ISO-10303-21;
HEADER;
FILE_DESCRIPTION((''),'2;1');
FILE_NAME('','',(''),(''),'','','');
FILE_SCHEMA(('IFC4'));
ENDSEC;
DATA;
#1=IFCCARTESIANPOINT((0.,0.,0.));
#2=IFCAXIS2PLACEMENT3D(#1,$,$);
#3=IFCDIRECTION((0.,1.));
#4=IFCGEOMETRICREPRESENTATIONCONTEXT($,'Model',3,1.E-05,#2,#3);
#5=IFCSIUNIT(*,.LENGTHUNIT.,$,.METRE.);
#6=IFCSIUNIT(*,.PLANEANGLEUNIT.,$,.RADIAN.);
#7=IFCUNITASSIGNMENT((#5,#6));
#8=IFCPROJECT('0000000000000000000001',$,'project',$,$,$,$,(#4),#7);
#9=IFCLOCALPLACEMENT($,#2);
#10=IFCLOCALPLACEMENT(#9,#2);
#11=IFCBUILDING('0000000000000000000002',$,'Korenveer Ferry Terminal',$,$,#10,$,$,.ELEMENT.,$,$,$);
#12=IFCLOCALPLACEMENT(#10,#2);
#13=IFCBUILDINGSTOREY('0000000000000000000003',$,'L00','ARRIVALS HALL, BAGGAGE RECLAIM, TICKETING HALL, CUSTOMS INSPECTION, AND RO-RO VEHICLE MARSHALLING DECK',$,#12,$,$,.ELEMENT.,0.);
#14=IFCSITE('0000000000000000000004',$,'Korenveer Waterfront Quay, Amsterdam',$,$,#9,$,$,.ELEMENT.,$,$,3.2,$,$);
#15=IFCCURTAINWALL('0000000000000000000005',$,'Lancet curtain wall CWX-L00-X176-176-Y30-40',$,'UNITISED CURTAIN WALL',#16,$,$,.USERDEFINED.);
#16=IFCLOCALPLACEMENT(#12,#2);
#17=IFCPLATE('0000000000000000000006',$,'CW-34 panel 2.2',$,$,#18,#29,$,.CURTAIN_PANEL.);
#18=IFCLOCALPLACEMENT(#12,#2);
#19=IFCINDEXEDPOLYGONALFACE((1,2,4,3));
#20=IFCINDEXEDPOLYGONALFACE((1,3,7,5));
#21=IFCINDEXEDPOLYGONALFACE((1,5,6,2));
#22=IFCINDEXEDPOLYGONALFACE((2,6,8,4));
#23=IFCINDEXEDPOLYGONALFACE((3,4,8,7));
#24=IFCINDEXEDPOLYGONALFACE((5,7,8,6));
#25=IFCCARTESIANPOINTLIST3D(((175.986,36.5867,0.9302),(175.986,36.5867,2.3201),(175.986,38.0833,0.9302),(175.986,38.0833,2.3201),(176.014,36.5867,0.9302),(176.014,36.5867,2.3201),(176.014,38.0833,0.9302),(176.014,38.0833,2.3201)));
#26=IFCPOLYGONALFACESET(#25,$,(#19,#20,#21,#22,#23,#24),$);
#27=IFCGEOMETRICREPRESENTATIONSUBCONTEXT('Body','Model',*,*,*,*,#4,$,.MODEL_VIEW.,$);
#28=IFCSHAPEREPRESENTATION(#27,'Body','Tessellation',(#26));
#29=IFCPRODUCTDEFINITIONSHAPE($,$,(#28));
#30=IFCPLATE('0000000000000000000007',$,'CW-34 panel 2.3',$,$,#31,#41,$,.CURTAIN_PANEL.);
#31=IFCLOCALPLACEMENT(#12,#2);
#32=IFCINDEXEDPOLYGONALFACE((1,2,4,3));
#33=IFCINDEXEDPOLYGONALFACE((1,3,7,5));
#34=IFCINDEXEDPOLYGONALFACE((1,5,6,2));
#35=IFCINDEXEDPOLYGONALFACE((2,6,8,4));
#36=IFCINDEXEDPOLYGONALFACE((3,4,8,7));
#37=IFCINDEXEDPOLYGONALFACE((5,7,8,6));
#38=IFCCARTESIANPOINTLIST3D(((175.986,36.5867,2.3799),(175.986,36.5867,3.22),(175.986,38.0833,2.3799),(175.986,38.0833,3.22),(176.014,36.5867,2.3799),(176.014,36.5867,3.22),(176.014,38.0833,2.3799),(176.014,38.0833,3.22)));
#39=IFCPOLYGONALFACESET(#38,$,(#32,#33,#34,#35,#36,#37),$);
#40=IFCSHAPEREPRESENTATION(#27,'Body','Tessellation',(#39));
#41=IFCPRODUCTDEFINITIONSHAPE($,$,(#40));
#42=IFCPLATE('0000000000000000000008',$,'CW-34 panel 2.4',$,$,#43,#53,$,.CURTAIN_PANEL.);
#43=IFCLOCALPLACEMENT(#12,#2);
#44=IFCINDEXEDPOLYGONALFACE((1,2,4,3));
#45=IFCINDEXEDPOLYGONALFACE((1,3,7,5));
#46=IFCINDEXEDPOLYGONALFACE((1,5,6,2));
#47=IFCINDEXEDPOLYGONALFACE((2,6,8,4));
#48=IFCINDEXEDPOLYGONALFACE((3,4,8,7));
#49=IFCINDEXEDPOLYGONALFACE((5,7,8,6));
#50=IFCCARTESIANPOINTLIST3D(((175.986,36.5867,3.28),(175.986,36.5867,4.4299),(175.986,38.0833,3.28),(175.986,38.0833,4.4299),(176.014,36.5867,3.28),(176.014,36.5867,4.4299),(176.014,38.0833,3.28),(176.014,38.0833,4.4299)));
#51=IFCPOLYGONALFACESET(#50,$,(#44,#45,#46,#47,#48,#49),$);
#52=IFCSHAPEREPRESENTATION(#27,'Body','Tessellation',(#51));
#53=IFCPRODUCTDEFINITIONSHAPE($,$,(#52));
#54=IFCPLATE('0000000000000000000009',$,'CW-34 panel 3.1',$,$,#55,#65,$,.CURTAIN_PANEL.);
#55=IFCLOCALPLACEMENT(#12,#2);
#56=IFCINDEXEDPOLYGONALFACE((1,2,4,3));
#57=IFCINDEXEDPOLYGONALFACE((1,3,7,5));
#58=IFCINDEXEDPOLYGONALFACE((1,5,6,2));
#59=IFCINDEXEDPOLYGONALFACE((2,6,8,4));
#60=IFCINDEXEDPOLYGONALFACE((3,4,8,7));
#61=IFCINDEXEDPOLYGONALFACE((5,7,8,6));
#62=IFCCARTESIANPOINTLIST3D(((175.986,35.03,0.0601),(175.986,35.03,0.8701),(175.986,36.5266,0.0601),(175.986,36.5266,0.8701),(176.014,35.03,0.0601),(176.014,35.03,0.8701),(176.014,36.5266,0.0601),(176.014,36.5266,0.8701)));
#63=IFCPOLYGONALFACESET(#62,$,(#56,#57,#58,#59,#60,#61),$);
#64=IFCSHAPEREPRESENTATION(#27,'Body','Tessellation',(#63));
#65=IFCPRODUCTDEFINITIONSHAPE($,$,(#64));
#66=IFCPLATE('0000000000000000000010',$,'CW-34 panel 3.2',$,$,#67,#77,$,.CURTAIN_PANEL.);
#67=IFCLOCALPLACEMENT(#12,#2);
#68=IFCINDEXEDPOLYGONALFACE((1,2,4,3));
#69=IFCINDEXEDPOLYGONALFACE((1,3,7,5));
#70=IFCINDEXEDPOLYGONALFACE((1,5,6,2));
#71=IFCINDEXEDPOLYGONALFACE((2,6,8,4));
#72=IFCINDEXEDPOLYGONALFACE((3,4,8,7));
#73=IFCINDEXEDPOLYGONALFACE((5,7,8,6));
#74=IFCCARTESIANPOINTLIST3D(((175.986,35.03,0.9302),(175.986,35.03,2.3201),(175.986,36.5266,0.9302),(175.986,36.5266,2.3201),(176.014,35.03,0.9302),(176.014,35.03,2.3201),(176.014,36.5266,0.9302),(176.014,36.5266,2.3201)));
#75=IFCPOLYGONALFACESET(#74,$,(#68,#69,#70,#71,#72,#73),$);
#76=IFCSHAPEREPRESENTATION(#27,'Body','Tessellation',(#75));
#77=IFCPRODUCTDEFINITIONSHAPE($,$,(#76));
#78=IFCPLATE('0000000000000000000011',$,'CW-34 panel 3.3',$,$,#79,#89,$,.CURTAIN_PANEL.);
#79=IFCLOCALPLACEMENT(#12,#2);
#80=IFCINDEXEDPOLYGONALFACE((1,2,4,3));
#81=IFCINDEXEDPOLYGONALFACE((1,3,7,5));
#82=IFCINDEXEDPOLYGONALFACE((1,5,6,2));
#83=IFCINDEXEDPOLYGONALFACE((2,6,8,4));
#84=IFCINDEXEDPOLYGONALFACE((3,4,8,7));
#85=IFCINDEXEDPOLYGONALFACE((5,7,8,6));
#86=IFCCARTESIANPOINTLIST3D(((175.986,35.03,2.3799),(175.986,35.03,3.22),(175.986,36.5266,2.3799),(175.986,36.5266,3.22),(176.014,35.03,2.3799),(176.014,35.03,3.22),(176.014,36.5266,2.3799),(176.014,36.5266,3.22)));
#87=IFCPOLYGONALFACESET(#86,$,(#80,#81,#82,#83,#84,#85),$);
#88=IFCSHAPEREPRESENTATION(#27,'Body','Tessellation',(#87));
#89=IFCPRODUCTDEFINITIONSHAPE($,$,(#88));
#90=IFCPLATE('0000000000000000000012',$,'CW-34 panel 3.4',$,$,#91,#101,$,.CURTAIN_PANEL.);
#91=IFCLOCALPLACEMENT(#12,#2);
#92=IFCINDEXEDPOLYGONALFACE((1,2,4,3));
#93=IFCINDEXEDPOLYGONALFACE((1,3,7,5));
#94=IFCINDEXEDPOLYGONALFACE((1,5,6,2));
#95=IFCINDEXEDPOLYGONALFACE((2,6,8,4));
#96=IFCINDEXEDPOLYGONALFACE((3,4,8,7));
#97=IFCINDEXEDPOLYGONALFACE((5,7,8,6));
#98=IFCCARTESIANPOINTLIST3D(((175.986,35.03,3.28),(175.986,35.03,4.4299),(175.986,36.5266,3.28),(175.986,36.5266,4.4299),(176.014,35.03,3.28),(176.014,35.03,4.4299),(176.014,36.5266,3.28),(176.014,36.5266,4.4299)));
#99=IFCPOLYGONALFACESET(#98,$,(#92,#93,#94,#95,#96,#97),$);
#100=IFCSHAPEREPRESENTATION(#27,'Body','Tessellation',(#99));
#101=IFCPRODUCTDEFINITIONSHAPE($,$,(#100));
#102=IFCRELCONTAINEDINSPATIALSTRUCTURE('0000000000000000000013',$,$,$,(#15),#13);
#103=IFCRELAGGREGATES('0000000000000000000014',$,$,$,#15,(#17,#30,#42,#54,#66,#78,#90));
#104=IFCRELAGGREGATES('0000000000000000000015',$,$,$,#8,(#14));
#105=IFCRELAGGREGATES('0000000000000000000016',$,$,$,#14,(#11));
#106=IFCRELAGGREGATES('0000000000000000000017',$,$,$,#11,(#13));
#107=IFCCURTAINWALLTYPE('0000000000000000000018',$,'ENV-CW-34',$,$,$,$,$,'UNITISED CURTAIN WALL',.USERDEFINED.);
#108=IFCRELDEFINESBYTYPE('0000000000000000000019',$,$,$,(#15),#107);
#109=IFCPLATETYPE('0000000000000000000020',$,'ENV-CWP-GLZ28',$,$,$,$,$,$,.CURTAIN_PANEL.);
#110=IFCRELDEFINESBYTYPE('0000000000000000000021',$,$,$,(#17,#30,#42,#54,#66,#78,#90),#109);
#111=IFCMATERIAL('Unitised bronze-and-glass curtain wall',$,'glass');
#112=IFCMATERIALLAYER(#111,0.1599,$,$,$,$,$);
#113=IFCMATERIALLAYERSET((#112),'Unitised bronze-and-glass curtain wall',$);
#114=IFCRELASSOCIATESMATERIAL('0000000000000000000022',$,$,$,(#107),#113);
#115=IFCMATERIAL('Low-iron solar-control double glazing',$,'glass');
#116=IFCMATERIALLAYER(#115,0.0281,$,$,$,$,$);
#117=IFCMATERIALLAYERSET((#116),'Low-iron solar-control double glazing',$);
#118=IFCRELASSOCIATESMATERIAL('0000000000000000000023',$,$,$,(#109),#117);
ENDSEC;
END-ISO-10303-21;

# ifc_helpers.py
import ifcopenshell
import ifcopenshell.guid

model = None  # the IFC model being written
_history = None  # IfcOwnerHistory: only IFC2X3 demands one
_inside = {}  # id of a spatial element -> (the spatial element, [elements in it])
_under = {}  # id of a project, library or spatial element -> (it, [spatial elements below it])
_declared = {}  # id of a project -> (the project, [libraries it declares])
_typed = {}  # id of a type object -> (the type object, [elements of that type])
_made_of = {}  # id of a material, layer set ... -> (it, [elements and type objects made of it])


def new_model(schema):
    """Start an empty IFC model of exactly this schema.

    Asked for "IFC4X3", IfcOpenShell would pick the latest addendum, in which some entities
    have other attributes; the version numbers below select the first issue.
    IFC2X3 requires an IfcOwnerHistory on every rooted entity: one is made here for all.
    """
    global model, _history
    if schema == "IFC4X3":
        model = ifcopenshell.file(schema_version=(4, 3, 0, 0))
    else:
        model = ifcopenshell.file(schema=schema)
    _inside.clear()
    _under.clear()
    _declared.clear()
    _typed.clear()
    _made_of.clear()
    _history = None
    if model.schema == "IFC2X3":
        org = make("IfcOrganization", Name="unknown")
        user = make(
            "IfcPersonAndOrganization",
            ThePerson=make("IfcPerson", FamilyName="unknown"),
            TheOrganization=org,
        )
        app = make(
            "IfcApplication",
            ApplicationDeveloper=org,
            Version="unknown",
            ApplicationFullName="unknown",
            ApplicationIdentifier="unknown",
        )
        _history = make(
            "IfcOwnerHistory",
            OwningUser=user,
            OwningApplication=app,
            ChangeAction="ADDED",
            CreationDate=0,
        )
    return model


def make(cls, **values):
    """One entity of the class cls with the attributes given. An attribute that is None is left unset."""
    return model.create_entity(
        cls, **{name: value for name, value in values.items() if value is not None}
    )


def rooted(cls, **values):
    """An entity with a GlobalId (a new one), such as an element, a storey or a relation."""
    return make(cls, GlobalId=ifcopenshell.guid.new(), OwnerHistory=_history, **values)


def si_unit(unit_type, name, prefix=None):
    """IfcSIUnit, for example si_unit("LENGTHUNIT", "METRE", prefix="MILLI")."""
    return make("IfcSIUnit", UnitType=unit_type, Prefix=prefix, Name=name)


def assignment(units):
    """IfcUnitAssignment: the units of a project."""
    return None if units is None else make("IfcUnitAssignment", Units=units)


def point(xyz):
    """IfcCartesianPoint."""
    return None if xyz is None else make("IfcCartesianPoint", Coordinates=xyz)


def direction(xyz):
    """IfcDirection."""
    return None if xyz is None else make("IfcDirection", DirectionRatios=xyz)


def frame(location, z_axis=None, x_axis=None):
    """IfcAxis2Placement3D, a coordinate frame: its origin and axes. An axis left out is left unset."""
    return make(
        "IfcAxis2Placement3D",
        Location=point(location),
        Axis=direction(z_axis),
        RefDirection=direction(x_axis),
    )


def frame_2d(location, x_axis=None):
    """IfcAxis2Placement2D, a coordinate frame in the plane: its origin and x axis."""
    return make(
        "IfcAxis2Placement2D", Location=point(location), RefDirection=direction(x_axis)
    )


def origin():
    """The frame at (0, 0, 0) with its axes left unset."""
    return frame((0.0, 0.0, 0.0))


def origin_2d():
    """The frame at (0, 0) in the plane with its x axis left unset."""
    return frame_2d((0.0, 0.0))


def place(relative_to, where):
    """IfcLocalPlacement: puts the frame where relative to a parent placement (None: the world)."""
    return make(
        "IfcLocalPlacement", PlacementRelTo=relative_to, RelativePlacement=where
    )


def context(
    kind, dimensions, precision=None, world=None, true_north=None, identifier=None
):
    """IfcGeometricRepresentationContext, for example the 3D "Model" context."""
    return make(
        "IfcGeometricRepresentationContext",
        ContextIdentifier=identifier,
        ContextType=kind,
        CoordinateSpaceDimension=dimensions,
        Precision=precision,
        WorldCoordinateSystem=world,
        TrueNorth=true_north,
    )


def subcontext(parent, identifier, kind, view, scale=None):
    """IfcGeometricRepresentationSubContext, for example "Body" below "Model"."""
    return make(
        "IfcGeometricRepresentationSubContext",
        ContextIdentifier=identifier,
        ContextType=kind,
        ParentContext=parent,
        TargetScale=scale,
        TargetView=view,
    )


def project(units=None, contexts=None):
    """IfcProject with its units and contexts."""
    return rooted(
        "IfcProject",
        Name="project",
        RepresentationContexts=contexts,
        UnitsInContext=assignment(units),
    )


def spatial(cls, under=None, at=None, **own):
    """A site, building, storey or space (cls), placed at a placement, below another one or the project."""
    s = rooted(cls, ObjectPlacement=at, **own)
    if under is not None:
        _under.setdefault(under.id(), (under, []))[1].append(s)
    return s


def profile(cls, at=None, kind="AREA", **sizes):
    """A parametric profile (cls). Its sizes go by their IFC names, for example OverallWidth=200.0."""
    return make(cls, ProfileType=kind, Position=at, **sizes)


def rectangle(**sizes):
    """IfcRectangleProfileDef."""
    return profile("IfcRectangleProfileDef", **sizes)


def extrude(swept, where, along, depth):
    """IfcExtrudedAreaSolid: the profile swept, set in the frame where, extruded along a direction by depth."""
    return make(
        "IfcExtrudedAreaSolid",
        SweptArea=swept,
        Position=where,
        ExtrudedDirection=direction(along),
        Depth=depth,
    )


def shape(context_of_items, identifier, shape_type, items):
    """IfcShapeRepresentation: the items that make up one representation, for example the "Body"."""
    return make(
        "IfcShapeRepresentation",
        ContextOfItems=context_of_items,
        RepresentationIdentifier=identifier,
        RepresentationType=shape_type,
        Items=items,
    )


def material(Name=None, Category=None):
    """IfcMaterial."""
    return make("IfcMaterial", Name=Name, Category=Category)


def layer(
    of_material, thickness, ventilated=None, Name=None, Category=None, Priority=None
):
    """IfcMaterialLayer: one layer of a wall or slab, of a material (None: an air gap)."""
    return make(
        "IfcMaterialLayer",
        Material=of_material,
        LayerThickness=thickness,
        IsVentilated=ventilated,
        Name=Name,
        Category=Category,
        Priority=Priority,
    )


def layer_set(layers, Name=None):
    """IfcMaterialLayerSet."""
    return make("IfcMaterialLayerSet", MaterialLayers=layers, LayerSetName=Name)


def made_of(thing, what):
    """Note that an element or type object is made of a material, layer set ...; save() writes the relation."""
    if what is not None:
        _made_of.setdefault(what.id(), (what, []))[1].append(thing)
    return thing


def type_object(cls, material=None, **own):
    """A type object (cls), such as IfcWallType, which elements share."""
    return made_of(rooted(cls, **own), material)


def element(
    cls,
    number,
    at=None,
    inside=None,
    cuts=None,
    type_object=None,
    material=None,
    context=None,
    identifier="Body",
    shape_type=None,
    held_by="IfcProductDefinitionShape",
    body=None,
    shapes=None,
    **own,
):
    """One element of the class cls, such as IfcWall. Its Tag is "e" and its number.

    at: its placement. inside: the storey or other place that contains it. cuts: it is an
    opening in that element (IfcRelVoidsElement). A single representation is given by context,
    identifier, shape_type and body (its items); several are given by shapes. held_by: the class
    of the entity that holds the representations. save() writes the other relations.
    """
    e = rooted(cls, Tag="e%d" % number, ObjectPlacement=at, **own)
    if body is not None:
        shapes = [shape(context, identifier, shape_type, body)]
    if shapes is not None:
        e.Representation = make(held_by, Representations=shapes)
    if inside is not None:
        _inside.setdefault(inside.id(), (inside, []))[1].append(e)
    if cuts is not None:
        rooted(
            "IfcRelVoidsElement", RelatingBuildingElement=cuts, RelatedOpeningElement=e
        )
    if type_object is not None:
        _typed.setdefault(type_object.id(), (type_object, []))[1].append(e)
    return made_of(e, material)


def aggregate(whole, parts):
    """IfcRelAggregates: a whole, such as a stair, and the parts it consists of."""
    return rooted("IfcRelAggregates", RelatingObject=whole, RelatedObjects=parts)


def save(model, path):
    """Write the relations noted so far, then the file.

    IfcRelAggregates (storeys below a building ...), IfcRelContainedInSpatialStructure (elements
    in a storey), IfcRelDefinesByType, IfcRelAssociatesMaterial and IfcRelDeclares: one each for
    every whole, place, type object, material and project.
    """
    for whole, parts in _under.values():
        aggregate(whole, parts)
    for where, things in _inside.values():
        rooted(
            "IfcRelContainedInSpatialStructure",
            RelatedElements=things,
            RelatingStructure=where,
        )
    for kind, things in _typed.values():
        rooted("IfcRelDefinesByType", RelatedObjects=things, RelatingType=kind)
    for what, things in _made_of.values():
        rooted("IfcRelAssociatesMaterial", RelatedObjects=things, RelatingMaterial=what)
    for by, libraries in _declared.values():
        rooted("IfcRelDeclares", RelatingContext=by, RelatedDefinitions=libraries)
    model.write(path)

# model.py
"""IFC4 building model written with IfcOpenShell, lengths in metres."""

from ifc_helpers import new_model, si_unit, direction, frame, origin, origin_2d, place, context, subcontext, project, spatial, rectangle, extrude, material, layer, layer_set, type_object, element, aggregate, save


model = new_model("IFC4")

# Units and contexts
model_context = context("Model", 3, precision=1e-05, world=origin(), true_north=direction((0.0, 1.0)))
body_context = subcontext(model_context, "Body", "Model", "MODEL_VIEW")
ifc_project = project(units=[si_unit("LENGTHUNIT", "METRE"), si_unit("PLANEANGLEUNIT", "RADIAN")], contexts=[model_context])

# Site, building, storey
site_placement = place(None, origin())
site = spatial("IfcSite", under=ifc_project, at=site_placement, Name="Korenveer Waterfront Quay, Amsterdam", CompositionType="ELEMENT", RefElevation=3.2)
building_placement = place(site_placement, origin())
building = spatial("IfcBuilding", under=site, at=building_placement, Name="Korenveer Ferry Terminal", CompositionType="ELEMENT")
storey_placement = place(building_placement, origin())
storey = spatial("IfcBuildingStorey", under=building, at=storey_placement, Name="L00", Description="ARRIVALS HALL, BAGGAGE RECLAIM, TICKETING HALL, CUSTOMS INSPECTION, AND RO-RO VEHICLE MARSHALLING DECK", CompositionType="ELEMENT", Elevation=0.0)

# Curtain wall, plates
ifc_material_1 = material(Name="Unitised bronze-and-glass curtain wall", Category="glass")
ifc_layer_1 = layer(ifc_material_1, 0.1599)
ifc_layer_set_1 = layer_set([ifc_layer_1], Name="Unitised bronze-and-glass curtain wall")
curtain_wall_type = type_object("IfcCurtainWallType", Name="ENV-CW-34", ElementType="UNITISED CURTAIN WALL", PredefinedType="USERDEFINED", material=ifc_layer_set_1)
curtain_wall_placement = place(storey_placement, frame((176.0, 39.6699, 0.0)))
curtain_wall = element("IfcCurtainWall", 1, at=curtain_wall_placement, inside=storey, type_object=curtain_wall_type, Name="Lancet curtain wall CWX-L00-X176-176-Y30-40", ObjectType="UNITISED CURTAIN WALL", PredefinedType="USERDEFINED")
ifc_material_2 = material(Name="Low-iron solar-control double glazing", Category="glass")
ifc_layer_2 = layer(ifc_material_2, 0.0281)
ifc_layer_set_2 = layer_set([ifc_layer_2], Name="Low-iron solar-control double glazing")
plate_type = type_object("IfcPlateType", Name="ENV-CWP-GLZ28", PredefinedType="CURTAIN_PANEL", material=ifc_layer_set_2)
plate_1_placement = place(storey_placement, frame((176.0, 37.335, 0.9302), z_axis=(0.0, 0.0, 1.0), x_axis=(0.0, -1.0, 0.0)))
plate_1 = element("IfcPlate", 2, at=plate_1_placement, type_object=plate_type, Name="CW-34 panel 2.2", PredefinedType="CURTAIN_PANEL", context=body_context, shape_type="SweptSolid", body=[
    extrude(rectangle(XDim=1.4966, YDim=0.0281, at=origin_2d()), origin(), (0.0, 0.0, 1.0), 1.3899),
])
plate_2_placement = place(storey_placement, frame((176.0, 37.335, 2.3799), z_axis=(0.0, 0.0, 1.0), x_axis=(0.0, -1.0, 0.0)))
plate_2 = element("IfcPlate", 3, at=plate_2_placement, type_object=plate_type, Name="CW-34 panel 2.3", PredefinedType="CURTAIN_PANEL", context=body_context, shape_type="SweptSolid", body=[
    extrude(rectangle(XDim=1.4966, YDim=0.0281, at=origin_2d()), origin(), (0.0, 0.0, 1.0), 0.8401),
])
plate_3_placement = place(storey_placement, frame((176.0, 37.335, 3.28), z_axis=(0.0, 0.0, 1.0), x_axis=(0.0, -1.0, 0.0)))
plate_3 = element("IfcPlate", 4, at=plate_3_placement, type_object=plate_type, Name="CW-34 panel 2.4", PredefinedType="CURTAIN_PANEL", context=body_context, shape_type="SweptSolid", body=[
    extrude(rectangle(XDim=1.4966, YDim=0.0281, at=origin_2d()), origin(), (0.0, 0.0, 1.0), 1.1499),
])
plate_4_placement = place(storey_placement, frame((176.0, 35.7783, 0.0601), z_axis=(0.0, 0.0, 1.0), x_axis=(0.0, -1.0, 0.0)))
plate_4 = element("IfcPlate", 5, at=plate_4_placement, type_object=plate_type, Name="CW-34 panel 3.1", PredefinedType="CURTAIN_PANEL", context=body_context, shape_type="SweptSolid", body=[
    extrude(rectangle(XDim=1.4966, YDim=0.0281, at=origin_2d()), origin(), (0.0, 0.0, 1.0), 0.8101),
])
plate_5_placement = place(storey_placement, frame((176.0, 35.7783, 0.9302), z_axis=(0.0, 0.0, 1.0), x_axis=(0.0, -1.0, 0.0)))
plate_5 = element("IfcPlate", 6, at=plate_5_placement, type_object=plate_type, Name="CW-34 panel 3.2", PredefinedType="CURTAIN_PANEL", context=body_context, shape_type="SweptSolid", body=[
    extrude(rectangle(XDim=1.4966, YDim=0.0281, at=origin_2d()), origin(), (0.0, 0.0, 1.0), 1.3899),
])
plate_6_placement = place(storey_placement, frame((176.0, 35.7783, 2.3799), z_axis=(0.0, 0.0, 1.0), x_axis=(0.0, -1.0, 0.0)))
plate_6 = element("IfcPlate", 7, at=plate_6_placement, type_object=plate_type, Name="CW-34 panel 3.3", PredefinedType="CURTAIN_PANEL", context=body_context, shape_type="SweptSolid", body=[
    extrude(rectangle(XDim=1.4966, YDim=0.0281, at=origin_2d()), origin(), (0.0, 0.0, 1.0), 0.8401),
])
plate_7_placement = place(storey_placement, frame((176.0, 35.7783, 3.28), z_axis=(0.0, 0.0, 1.0), x_axis=(0.0, -1.0, 0.0)))
plate_7 = element("IfcPlate", 8, at=plate_7_placement, type_object=plate_type, Name="CW-34 panel 3.4", PredefinedType="CURTAIN_PANEL", context=body_context, shape_type="SweptSolid", body=[
    extrude(rectangle(XDim=1.4966, YDim=0.0281, at=origin_2d()), origin(), (0.0, 0.0, 1.0), 1.1499),
])
aggregate(curtain_wall, [plate_1, plate_2, plate_3, plate_4, plate_5, plate_6, plate_7])

save(model, "model.ifc")
